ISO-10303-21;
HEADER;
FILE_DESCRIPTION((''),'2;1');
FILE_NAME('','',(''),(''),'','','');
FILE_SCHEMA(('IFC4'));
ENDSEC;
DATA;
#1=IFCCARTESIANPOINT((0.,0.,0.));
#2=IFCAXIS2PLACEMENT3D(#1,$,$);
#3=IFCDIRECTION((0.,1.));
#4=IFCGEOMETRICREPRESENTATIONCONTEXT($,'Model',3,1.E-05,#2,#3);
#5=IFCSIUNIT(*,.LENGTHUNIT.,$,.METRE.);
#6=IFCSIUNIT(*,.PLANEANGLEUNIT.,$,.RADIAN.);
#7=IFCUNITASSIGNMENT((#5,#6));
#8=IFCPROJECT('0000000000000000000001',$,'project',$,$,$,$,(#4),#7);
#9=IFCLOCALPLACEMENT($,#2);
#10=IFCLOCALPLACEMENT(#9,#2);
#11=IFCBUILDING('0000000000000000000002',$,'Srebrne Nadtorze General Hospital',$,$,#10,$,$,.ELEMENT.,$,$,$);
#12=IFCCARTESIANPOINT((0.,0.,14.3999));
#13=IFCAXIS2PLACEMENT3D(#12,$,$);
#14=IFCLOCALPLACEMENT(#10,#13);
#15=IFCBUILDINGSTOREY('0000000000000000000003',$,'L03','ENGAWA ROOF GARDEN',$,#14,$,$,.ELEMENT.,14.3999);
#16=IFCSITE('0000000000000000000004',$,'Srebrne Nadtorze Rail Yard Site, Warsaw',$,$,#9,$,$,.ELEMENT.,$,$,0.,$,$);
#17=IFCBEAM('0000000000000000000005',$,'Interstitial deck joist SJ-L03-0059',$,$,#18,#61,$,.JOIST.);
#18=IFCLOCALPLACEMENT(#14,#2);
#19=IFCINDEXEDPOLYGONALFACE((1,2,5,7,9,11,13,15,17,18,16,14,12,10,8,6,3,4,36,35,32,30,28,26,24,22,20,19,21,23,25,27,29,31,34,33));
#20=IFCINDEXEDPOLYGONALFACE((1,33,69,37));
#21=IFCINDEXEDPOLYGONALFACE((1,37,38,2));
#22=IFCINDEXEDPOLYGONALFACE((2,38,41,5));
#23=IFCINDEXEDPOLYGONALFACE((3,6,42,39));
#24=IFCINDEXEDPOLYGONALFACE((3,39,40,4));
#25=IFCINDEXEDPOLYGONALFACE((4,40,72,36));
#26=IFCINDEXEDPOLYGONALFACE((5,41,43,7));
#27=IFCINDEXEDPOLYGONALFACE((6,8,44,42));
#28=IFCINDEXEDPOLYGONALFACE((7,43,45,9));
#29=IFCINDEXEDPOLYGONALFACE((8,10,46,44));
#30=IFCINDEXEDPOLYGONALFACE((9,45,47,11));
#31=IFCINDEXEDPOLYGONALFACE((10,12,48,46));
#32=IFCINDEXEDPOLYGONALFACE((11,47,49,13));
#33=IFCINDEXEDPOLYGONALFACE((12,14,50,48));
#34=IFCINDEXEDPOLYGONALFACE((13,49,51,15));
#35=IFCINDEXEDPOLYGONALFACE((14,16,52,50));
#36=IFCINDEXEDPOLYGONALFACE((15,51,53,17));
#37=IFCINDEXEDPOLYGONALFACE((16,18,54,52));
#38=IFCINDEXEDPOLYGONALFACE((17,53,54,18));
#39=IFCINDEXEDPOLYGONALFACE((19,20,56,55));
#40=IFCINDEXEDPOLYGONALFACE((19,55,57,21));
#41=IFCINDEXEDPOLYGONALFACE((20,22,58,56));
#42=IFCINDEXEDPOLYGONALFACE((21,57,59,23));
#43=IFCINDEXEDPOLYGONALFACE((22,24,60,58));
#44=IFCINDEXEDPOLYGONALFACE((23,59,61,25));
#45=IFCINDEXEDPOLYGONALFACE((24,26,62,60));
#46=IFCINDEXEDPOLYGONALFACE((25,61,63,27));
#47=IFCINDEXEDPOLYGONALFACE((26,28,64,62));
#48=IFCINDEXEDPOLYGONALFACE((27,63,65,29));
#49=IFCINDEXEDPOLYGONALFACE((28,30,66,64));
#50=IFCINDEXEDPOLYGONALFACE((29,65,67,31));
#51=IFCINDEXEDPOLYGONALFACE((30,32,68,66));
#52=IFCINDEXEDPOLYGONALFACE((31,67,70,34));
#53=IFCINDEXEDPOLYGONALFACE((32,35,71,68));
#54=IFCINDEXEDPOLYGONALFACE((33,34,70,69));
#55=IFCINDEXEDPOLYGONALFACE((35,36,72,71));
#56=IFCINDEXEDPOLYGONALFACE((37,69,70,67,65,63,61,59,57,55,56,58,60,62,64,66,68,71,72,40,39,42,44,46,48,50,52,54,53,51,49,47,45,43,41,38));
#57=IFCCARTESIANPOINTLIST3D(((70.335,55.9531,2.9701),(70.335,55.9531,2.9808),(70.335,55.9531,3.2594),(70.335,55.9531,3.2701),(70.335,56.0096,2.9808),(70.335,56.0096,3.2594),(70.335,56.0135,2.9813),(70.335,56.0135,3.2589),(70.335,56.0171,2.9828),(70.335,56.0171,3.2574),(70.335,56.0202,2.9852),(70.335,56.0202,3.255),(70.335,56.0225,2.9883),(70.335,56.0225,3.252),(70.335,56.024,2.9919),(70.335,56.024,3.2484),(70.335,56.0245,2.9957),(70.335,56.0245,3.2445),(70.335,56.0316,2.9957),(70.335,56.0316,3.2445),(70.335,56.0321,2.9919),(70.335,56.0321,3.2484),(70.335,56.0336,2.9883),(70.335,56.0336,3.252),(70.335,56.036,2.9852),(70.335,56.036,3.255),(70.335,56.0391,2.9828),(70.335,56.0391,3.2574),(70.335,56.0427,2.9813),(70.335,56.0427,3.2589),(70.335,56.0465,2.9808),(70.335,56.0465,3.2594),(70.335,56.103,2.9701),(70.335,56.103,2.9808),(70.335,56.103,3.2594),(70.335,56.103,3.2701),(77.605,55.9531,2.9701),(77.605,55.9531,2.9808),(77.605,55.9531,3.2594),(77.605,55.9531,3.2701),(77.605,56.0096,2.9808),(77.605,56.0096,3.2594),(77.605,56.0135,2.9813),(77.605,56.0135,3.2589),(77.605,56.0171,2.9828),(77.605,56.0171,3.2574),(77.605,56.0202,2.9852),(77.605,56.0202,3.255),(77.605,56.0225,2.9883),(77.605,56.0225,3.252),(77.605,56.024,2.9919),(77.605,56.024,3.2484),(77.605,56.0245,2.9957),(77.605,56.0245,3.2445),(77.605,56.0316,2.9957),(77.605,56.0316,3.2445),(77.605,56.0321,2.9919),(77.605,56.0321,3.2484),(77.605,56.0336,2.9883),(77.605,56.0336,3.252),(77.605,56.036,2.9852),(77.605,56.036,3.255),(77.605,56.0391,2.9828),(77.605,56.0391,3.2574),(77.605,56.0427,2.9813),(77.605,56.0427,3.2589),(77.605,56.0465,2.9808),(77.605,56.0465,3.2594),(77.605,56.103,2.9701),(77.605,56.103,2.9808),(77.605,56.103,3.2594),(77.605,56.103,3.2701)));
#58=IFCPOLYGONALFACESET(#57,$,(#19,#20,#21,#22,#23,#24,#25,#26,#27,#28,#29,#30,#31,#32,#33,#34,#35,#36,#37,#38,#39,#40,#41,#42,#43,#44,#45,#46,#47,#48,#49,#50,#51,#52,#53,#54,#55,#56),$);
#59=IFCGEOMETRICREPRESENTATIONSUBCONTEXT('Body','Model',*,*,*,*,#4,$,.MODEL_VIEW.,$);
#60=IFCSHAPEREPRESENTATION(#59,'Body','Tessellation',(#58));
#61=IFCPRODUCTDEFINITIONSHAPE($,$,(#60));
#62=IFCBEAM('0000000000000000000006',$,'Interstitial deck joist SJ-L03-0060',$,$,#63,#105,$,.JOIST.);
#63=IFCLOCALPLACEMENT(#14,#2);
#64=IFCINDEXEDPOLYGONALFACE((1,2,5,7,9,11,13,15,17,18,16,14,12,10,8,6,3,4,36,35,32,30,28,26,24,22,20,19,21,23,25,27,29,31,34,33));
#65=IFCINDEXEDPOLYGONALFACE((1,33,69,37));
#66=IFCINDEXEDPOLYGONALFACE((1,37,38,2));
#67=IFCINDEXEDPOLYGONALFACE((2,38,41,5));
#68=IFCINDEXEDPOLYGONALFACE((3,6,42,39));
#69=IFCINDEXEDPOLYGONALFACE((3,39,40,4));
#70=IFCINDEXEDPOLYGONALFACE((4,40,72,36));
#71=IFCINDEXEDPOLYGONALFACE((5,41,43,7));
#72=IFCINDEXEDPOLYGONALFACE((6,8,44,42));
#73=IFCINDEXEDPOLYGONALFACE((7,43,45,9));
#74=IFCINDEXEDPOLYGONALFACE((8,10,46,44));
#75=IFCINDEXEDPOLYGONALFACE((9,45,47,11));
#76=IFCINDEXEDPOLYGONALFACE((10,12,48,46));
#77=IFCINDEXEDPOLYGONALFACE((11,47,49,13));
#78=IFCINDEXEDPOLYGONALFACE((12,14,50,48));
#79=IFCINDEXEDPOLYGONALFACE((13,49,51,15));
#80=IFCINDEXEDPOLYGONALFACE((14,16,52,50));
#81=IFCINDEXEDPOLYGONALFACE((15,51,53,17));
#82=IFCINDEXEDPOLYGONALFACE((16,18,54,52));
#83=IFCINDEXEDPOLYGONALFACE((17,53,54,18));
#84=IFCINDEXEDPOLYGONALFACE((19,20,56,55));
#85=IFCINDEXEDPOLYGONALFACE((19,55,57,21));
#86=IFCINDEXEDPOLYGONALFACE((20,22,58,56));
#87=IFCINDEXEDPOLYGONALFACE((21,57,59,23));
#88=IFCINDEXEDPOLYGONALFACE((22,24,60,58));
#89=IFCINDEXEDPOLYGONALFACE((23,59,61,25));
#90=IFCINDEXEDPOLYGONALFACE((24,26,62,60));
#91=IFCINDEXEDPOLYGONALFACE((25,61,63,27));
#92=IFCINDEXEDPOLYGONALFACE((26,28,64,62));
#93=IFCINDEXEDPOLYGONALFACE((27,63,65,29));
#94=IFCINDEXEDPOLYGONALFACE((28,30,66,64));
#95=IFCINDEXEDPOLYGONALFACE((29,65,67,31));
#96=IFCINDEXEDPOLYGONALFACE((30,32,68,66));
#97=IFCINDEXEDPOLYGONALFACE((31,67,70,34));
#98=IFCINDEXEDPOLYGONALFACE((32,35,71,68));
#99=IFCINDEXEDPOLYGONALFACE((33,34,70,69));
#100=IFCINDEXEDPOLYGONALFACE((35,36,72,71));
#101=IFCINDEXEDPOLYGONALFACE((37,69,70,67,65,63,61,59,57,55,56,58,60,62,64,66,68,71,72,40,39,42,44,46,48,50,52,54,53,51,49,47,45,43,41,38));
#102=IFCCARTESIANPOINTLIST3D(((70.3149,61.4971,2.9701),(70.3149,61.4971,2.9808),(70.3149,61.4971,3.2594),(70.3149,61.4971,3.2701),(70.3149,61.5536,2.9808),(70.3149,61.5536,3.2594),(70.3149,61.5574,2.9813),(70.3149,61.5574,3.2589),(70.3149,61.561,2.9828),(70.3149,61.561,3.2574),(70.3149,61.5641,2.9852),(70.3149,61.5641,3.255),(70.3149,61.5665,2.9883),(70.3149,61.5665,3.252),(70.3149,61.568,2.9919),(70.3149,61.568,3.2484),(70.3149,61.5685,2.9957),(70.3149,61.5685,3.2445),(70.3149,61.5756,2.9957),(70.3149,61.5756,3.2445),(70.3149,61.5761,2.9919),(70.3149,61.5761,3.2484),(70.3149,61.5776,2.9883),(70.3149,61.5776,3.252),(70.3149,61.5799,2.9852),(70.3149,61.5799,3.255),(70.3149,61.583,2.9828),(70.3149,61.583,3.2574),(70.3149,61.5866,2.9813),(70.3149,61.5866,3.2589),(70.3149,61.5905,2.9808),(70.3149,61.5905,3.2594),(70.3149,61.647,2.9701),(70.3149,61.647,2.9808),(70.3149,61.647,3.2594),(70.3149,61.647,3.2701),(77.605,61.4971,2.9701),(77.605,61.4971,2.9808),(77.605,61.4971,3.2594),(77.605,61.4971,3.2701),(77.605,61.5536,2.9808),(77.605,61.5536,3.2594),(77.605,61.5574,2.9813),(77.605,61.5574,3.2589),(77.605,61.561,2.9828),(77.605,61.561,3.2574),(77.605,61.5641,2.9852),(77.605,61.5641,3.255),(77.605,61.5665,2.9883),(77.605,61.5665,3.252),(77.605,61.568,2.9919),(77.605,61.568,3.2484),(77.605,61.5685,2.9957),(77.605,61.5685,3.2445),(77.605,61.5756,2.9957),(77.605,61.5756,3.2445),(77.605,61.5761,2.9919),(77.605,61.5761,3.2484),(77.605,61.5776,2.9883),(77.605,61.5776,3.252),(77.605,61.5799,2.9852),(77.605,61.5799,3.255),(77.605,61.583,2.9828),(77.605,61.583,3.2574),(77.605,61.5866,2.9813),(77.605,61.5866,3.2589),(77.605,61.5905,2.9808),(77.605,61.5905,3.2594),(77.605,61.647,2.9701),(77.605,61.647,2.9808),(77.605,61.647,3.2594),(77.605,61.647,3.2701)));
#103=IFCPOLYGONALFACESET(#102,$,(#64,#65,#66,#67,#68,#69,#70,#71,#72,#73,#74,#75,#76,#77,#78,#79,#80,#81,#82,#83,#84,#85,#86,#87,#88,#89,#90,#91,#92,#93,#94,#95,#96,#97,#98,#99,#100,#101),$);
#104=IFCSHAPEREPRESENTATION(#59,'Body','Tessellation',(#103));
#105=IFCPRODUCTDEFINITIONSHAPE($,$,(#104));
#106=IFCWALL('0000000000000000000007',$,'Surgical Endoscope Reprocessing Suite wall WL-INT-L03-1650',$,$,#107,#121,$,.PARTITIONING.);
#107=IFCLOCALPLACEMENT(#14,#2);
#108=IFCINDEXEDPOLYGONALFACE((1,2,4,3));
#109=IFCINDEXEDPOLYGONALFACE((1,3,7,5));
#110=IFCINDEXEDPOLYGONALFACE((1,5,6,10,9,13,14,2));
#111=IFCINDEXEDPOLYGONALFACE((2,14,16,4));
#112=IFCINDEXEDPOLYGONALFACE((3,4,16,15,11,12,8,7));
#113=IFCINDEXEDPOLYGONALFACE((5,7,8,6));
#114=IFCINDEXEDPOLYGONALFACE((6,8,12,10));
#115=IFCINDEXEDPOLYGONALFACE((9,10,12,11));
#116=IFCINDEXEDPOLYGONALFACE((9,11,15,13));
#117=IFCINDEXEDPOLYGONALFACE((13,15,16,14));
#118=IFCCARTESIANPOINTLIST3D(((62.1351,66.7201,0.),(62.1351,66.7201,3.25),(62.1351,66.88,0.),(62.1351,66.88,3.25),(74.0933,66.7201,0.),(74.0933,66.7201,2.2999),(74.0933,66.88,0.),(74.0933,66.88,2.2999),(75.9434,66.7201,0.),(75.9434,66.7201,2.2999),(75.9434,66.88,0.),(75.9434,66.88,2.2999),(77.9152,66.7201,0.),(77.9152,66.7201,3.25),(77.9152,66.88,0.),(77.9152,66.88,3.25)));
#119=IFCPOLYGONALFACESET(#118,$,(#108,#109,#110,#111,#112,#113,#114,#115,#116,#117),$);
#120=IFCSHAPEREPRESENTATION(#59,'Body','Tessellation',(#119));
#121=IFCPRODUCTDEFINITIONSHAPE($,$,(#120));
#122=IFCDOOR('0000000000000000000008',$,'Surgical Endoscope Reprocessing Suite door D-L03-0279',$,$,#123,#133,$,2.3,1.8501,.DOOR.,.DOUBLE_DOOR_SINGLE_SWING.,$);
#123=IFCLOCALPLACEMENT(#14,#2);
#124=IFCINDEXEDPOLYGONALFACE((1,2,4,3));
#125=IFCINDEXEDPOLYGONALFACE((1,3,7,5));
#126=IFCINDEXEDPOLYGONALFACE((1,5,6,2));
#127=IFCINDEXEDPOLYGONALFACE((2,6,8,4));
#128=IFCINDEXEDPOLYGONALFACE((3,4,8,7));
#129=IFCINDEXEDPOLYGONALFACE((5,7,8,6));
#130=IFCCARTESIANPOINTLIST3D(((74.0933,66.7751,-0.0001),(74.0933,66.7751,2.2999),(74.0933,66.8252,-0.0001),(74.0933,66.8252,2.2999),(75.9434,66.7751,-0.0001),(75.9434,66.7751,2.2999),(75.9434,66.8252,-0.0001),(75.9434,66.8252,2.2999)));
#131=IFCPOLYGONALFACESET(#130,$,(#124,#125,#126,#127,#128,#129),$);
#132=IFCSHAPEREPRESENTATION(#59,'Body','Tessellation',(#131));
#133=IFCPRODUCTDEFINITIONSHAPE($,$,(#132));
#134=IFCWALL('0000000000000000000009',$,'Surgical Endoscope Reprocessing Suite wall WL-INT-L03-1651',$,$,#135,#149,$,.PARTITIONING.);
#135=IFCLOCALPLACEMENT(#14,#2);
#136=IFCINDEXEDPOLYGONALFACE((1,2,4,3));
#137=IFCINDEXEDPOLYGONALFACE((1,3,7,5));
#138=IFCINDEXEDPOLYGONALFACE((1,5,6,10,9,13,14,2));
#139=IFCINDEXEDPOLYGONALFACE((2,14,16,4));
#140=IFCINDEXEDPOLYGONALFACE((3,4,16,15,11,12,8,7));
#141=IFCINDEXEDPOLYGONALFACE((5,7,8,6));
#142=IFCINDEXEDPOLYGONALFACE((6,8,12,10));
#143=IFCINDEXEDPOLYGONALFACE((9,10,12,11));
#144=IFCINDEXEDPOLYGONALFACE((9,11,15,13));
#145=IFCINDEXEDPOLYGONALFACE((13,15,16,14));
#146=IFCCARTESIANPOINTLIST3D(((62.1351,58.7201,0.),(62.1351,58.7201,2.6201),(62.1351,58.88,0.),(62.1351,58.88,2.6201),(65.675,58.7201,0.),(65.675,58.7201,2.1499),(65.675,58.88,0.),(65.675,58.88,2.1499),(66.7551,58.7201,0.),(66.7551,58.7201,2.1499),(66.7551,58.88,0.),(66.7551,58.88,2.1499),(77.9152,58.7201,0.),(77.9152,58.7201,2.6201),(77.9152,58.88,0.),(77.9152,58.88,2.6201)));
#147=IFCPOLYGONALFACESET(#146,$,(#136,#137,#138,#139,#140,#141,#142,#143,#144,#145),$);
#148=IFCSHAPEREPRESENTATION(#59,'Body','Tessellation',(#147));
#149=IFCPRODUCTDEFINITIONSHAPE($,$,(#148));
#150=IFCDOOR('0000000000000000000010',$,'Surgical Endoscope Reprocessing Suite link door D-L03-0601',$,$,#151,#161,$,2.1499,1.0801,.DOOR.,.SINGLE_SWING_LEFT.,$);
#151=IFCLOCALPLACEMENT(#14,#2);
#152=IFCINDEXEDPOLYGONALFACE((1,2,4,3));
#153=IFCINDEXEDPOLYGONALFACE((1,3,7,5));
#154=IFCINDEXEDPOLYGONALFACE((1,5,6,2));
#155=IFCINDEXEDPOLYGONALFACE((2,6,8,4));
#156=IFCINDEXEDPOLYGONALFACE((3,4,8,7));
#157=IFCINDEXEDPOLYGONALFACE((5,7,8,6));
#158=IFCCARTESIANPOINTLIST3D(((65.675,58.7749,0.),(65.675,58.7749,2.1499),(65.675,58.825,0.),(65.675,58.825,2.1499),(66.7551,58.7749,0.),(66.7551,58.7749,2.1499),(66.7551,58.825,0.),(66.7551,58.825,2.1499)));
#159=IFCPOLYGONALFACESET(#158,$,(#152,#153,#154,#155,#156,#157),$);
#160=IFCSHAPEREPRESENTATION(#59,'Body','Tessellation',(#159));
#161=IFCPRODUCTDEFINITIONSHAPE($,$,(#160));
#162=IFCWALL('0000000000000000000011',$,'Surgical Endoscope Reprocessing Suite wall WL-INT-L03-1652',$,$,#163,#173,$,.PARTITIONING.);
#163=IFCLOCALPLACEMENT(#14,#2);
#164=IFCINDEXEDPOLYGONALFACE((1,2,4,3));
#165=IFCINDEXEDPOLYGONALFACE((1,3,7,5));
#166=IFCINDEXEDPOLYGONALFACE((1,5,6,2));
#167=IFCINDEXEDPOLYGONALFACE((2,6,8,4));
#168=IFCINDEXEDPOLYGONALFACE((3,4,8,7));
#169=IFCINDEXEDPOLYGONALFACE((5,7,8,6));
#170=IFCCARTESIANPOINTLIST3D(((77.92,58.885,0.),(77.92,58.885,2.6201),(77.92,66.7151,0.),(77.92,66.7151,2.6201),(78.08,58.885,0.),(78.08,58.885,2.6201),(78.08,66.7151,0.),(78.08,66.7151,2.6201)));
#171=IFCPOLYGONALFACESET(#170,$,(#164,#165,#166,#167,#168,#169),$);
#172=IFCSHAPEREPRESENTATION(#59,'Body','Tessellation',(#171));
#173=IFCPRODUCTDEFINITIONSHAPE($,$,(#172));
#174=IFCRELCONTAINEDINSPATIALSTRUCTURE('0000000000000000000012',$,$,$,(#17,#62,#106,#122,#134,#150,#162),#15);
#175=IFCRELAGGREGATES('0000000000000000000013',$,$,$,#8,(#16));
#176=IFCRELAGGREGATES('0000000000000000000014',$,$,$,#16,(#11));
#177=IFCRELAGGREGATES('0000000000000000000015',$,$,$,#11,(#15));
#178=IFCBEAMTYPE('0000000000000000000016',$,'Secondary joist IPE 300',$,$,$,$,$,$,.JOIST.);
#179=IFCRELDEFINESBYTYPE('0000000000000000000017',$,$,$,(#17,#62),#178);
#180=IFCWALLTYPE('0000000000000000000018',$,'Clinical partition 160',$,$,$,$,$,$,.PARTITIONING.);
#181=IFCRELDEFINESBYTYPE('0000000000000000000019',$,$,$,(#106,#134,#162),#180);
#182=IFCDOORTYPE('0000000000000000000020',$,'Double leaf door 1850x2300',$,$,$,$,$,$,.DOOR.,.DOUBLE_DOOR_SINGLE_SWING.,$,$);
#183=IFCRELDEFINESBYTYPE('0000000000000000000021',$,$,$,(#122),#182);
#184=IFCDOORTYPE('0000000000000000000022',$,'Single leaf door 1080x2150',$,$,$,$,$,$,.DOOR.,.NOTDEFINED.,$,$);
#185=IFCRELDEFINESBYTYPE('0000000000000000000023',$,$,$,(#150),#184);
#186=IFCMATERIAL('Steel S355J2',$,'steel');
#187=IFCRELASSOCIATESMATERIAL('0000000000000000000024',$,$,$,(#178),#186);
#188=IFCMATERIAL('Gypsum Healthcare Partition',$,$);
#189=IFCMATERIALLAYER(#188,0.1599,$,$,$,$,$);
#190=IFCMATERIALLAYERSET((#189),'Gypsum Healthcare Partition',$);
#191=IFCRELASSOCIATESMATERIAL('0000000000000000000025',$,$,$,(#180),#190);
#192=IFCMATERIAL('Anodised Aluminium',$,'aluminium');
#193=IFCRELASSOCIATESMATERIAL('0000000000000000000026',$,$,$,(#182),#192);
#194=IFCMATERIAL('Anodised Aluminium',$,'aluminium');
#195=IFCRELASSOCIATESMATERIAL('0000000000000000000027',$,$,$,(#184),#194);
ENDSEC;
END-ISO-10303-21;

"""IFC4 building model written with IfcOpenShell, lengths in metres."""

from ifc_helpers import new_model, si_unit, direction, frame, frame_2d, origin, origin_2d, place, context, subcontext, project, spatial, rectangle, i_section, extrude, material, layer, layer_set, material_profile, profile_set, type_object, element, fill, save


model = new_model("IFC4")

# Units and contexts
model_context = context("Model", 3, precision=1e-05, world=origin(), true_north=direction((0.0, 1.0)))
body_context = subcontext(model_context, "Body", "Model", "MODEL_VIEW")
ifc_project = project(units=[si_unit("LENGTHUNIT", "METRE"), si_unit("PLANEANGLEUNIT", "RADIAN")], contexts=[model_context])

# Site, building, storey
site_placement = place(None, origin())
site = spatial("IfcSite", under=ifc_project, at=site_placement, Name="Srebrne Nadtorze Rail Yard Site, Warsaw", CompositionType="ELEMENT", RefElevation=0.0)
building_placement = place(site_placement, origin())
building = spatial("IfcBuilding", under=site, at=building_placement, Name="Srebrne Nadtorze General Hospital", CompositionType="ELEMENT")
storey_placement = place(building_placement, frame((0.0, 0.0, 14.3999)))
storey = spatial("IfcBuildingStorey", under=building, at=storey_placement, Name="L03", Description="ENGAWA ROOF GARDEN", CompositionType="ELEMENT", Elevation=14.3999)

# Beams
ifc_material_1 = material(Name="Steel S355J2", Category="steel")
ifc_material_profile_1 = material_profile(ifc_material_1, i_section(OverallWidth=0.1499, OverallDepth=0.3, WebThickness=0.0071, FlangeThickness=0.0107, FilletRadius=0.0149, at=origin_2d()), Name="IPE-300")
ifc_profile_set_1 = profile_set([ifc_material_profile_1], Name="Steel S355J2")
beam_type_1 = type_object("IfcBeamType", Name="Secondary joist IPE 300", PredefinedType="JOIST", material=ifc_profile_set_1)
beam_1_placement = place(storey_placement, frame((70.335, 56.0281, 3.1201), z_axis=(1.0, 0.0, 0.0), x_axis=(0.0, 1.0, 0.0)))
element("IfcBeam", 1, at=beam_1_placement, inside=storey, type_object=beam_type_1, Name="Interstitial deck joist SJ-L03-0059", PredefinedType="JOIST", context=body_context, shape_type="SweptSolid", body=[
    extrude(i_section(OverallWidth=0.1499, OverallDepth=0.3, WebThickness=0.0071, FlangeThickness=0.0107, FilletRadius=0.0149, at=origin_2d()), origin(), (0.0, 0.0, 1.0), 7.27),
])
beam_2_placement = place(storey_placement, frame((70.3149, 61.572, 3.1201), z_axis=(1.0, 0.0, 0.0), x_axis=(0.0, 1.0, 0.0)))
element("IfcBeam", 2, at=beam_2_placement, inside=storey, type_object=beam_type_1, Name="Interstitial deck joist SJ-L03-0060", PredefinedType="JOIST", context=body_context, shape_type="SweptSolid", body=[
    extrude(i_section(OverallWidth=0.1499, OverallDepth=0.3, WebThickness=0.0071, FlangeThickness=0.0107, FilletRadius=0.0149, at=origin_2d()), origin(), (0.0, 0.0, 1.0), 7.29),
])

# Walls, openings, doors
ifc_material_2 = material(Name="Gypsum Healthcare Partition")
ifc_layer_1 = layer(ifc_material_2, 0.1599)
ifc_layer_set_1 = layer_set([ifc_layer_1], Name="Gypsum Healthcare Partition")
wall_type_1 = type_object("IfcWallType", Name="Clinical partition 160", PredefinedType="PARTITIONING", material=ifc_layer_set_1)
wall_1_placement = place(storey_placement, frame((62.135, 66.8, 0.0), z_axis=(0.0, 0.0, 1.0), x_axis=(1.0, 0.0, 0.0)))
wall_1 = element("IfcWall", 3, at=wall_1_placement, inside=storey, type_object=wall_type_1, Name="Surgical Endoscope Reprocessing Suite wall WL-INT-L03-1650", PredefinedType="PARTITIONING", context=body_context, shape_type="SweptSolid", body=[
    extrude(rectangle(XDim=15.78, YDim=0.1599, at=frame_2d((7.8901, 0.0))), origin(), (0.0, 0.0, 1.0), 3.25),
])
opening_1_placement = place(wall_1_placement, frame((11.9583, 0.0, 0.0)))
opening_1 = element("IfcOpeningElement", 4, at=opening_1_placement, cuts=wall_1, PredefinedType="OPENING", context=body_context, shape_type="SweptSolid", body=[
    extrude(rectangle(XDim=1.8501, YDim=2.3, at=frame_2d((0.925, 1.1499))), frame((0.0, 0.0918, 0.0), z_axis=(0.0, -1.0, 0.0), x_axis=(1.0, 0.0, 0.0)), (0.0, 0.0, 1.0), 0.1838),
])
ifc_material_3 = material(Name="Anodised Aluminium", Category="aluminium")
door_type_1 = type_object("IfcDoorType", Name="Double leaf door 1850x2300", OperationType="DOUBLE_DOOR_SINGLE_SWING", PredefinedType="DOOR", material=ifc_material_3)
door_1_placement = place(opening_1_placement, frame((1.8501, 0.0, 0.0), z_axis=(0.0, 0.0, 1.0), x_axis=(-1.0, 0.0, 0.0)))
door_1 = element("IfcDoor", 5, at=door_1_placement, inside=storey, type_object=door_type_1, Name="Surgical Endoscope Reprocessing Suite door D-L03-0279", OperationType="DOUBLE_DOOR_SINGLE_SWING", OverallHeight=2.3, OverallWidth=1.8501, PredefinedType="DOOR", context=body_context, shape_type="SweptSolid", body=[
    extrude(rectangle(XDim=1.8501, YDim=2.3, at=frame_2d((0.925, 1.1499))), frame((0.0, 0.0249, 0.0), z_axis=(0.0, -1.0, 0.0), x_axis=(1.0, 0.0, 0.0)), (0.0, 0.0, 1.0), 0.05),
])
fill(opening_1, door_1)
wall_2_placement = place(storey_placement, frame((62.135, 58.8, 0.0), z_axis=(0.0, 0.0, 1.0), x_axis=(1.0, 0.0, 0.0)))
wall_2 = element("IfcWall", 6, at=wall_2_placement, inside=storey, type_object=wall_type_1, Name="Surgical Endoscope Reprocessing Suite wall WL-INT-L03-1651", PredefinedType="PARTITIONING", context=body_context, shape_type="SweptSolid", body=[
    extrude(rectangle(XDim=15.78, YDim=0.1599, at=frame_2d((7.8901, 0.0))), origin(), (0.0, 0.0, 1.0), 2.6201),
])
opening_2_placement = place(wall_2_placement, frame((3.54, 0.0, 0.0)))
opening_2 = element("IfcOpeningElement", 7, at=opening_2_placement, cuts=wall_2, PredefinedType="OPENING", context=body_context, shape_type="SweptSolid", body=[
    extrude(rectangle(XDim=1.0801, YDim=2.1499, at=frame_2d((0.54, 1.075))), frame((0.0, 0.0918, 0.0), z_axis=(0.0, -1.0, 0.0), x_axis=(1.0, 0.0, 0.0)), (0.0, 0.0, 1.0), 0.1838),
])
ifc_material_4 = material(Name="Anodised Aluminium", Category="aluminium")
door_type_2 = type_object("IfcDoorType", Name="Single leaf door 1080x2150", OperationType="NOTDEFINED", PredefinedType="DOOR", material=ifc_material_4)
door_2_placement = place(opening_2_placement, origin())
door_2 = element("IfcDoor", 8, at=door_2_placement, inside=storey, type_object=door_type_2, Name="Surgical Endoscope Reprocessing Suite link door D-L03-0601", OperationType="SINGLE_SWING_LEFT", OverallHeight=2.1499, OverallWidth=1.0801, PredefinedType="DOOR", context=body_context, shape_type="SweptSolid", body=[
    extrude(rectangle(XDim=1.0801, YDim=2.1499, at=frame_2d((0.54, 1.075))), frame((0.0, 0.0249, 0.0), z_axis=(0.0, -1.0, 0.0), x_axis=(1.0, 0.0, 0.0)), (0.0, 0.0, 1.0), 0.05),
])
fill(opening_2, door_2)

# Wall
wall_3_placement = place(storey_placement, frame((78.0, 58.885, 0.0), z_axis=(0.0, 0.0, 1.0), x_axis=(0.0, 1.0, 0.0)))
element("IfcWall", 9, at=wall_3_placement, inside=storey, type_object=wall_type_1, Name="Surgical Endoscope Reprocessing Suite wall WL-INT-L03-1652", PredefinedType="PARTITIONING", context=body_context, shape_type="SweptSolid", body=[
    extrude(rectangle(XDim=7.8301, YDim=0.1599, at=frame_2d((3.915, 0.0))), origin(), (0.0, 0.0, 1.0), 2.6201),
])

save(model, "model.ifc")
